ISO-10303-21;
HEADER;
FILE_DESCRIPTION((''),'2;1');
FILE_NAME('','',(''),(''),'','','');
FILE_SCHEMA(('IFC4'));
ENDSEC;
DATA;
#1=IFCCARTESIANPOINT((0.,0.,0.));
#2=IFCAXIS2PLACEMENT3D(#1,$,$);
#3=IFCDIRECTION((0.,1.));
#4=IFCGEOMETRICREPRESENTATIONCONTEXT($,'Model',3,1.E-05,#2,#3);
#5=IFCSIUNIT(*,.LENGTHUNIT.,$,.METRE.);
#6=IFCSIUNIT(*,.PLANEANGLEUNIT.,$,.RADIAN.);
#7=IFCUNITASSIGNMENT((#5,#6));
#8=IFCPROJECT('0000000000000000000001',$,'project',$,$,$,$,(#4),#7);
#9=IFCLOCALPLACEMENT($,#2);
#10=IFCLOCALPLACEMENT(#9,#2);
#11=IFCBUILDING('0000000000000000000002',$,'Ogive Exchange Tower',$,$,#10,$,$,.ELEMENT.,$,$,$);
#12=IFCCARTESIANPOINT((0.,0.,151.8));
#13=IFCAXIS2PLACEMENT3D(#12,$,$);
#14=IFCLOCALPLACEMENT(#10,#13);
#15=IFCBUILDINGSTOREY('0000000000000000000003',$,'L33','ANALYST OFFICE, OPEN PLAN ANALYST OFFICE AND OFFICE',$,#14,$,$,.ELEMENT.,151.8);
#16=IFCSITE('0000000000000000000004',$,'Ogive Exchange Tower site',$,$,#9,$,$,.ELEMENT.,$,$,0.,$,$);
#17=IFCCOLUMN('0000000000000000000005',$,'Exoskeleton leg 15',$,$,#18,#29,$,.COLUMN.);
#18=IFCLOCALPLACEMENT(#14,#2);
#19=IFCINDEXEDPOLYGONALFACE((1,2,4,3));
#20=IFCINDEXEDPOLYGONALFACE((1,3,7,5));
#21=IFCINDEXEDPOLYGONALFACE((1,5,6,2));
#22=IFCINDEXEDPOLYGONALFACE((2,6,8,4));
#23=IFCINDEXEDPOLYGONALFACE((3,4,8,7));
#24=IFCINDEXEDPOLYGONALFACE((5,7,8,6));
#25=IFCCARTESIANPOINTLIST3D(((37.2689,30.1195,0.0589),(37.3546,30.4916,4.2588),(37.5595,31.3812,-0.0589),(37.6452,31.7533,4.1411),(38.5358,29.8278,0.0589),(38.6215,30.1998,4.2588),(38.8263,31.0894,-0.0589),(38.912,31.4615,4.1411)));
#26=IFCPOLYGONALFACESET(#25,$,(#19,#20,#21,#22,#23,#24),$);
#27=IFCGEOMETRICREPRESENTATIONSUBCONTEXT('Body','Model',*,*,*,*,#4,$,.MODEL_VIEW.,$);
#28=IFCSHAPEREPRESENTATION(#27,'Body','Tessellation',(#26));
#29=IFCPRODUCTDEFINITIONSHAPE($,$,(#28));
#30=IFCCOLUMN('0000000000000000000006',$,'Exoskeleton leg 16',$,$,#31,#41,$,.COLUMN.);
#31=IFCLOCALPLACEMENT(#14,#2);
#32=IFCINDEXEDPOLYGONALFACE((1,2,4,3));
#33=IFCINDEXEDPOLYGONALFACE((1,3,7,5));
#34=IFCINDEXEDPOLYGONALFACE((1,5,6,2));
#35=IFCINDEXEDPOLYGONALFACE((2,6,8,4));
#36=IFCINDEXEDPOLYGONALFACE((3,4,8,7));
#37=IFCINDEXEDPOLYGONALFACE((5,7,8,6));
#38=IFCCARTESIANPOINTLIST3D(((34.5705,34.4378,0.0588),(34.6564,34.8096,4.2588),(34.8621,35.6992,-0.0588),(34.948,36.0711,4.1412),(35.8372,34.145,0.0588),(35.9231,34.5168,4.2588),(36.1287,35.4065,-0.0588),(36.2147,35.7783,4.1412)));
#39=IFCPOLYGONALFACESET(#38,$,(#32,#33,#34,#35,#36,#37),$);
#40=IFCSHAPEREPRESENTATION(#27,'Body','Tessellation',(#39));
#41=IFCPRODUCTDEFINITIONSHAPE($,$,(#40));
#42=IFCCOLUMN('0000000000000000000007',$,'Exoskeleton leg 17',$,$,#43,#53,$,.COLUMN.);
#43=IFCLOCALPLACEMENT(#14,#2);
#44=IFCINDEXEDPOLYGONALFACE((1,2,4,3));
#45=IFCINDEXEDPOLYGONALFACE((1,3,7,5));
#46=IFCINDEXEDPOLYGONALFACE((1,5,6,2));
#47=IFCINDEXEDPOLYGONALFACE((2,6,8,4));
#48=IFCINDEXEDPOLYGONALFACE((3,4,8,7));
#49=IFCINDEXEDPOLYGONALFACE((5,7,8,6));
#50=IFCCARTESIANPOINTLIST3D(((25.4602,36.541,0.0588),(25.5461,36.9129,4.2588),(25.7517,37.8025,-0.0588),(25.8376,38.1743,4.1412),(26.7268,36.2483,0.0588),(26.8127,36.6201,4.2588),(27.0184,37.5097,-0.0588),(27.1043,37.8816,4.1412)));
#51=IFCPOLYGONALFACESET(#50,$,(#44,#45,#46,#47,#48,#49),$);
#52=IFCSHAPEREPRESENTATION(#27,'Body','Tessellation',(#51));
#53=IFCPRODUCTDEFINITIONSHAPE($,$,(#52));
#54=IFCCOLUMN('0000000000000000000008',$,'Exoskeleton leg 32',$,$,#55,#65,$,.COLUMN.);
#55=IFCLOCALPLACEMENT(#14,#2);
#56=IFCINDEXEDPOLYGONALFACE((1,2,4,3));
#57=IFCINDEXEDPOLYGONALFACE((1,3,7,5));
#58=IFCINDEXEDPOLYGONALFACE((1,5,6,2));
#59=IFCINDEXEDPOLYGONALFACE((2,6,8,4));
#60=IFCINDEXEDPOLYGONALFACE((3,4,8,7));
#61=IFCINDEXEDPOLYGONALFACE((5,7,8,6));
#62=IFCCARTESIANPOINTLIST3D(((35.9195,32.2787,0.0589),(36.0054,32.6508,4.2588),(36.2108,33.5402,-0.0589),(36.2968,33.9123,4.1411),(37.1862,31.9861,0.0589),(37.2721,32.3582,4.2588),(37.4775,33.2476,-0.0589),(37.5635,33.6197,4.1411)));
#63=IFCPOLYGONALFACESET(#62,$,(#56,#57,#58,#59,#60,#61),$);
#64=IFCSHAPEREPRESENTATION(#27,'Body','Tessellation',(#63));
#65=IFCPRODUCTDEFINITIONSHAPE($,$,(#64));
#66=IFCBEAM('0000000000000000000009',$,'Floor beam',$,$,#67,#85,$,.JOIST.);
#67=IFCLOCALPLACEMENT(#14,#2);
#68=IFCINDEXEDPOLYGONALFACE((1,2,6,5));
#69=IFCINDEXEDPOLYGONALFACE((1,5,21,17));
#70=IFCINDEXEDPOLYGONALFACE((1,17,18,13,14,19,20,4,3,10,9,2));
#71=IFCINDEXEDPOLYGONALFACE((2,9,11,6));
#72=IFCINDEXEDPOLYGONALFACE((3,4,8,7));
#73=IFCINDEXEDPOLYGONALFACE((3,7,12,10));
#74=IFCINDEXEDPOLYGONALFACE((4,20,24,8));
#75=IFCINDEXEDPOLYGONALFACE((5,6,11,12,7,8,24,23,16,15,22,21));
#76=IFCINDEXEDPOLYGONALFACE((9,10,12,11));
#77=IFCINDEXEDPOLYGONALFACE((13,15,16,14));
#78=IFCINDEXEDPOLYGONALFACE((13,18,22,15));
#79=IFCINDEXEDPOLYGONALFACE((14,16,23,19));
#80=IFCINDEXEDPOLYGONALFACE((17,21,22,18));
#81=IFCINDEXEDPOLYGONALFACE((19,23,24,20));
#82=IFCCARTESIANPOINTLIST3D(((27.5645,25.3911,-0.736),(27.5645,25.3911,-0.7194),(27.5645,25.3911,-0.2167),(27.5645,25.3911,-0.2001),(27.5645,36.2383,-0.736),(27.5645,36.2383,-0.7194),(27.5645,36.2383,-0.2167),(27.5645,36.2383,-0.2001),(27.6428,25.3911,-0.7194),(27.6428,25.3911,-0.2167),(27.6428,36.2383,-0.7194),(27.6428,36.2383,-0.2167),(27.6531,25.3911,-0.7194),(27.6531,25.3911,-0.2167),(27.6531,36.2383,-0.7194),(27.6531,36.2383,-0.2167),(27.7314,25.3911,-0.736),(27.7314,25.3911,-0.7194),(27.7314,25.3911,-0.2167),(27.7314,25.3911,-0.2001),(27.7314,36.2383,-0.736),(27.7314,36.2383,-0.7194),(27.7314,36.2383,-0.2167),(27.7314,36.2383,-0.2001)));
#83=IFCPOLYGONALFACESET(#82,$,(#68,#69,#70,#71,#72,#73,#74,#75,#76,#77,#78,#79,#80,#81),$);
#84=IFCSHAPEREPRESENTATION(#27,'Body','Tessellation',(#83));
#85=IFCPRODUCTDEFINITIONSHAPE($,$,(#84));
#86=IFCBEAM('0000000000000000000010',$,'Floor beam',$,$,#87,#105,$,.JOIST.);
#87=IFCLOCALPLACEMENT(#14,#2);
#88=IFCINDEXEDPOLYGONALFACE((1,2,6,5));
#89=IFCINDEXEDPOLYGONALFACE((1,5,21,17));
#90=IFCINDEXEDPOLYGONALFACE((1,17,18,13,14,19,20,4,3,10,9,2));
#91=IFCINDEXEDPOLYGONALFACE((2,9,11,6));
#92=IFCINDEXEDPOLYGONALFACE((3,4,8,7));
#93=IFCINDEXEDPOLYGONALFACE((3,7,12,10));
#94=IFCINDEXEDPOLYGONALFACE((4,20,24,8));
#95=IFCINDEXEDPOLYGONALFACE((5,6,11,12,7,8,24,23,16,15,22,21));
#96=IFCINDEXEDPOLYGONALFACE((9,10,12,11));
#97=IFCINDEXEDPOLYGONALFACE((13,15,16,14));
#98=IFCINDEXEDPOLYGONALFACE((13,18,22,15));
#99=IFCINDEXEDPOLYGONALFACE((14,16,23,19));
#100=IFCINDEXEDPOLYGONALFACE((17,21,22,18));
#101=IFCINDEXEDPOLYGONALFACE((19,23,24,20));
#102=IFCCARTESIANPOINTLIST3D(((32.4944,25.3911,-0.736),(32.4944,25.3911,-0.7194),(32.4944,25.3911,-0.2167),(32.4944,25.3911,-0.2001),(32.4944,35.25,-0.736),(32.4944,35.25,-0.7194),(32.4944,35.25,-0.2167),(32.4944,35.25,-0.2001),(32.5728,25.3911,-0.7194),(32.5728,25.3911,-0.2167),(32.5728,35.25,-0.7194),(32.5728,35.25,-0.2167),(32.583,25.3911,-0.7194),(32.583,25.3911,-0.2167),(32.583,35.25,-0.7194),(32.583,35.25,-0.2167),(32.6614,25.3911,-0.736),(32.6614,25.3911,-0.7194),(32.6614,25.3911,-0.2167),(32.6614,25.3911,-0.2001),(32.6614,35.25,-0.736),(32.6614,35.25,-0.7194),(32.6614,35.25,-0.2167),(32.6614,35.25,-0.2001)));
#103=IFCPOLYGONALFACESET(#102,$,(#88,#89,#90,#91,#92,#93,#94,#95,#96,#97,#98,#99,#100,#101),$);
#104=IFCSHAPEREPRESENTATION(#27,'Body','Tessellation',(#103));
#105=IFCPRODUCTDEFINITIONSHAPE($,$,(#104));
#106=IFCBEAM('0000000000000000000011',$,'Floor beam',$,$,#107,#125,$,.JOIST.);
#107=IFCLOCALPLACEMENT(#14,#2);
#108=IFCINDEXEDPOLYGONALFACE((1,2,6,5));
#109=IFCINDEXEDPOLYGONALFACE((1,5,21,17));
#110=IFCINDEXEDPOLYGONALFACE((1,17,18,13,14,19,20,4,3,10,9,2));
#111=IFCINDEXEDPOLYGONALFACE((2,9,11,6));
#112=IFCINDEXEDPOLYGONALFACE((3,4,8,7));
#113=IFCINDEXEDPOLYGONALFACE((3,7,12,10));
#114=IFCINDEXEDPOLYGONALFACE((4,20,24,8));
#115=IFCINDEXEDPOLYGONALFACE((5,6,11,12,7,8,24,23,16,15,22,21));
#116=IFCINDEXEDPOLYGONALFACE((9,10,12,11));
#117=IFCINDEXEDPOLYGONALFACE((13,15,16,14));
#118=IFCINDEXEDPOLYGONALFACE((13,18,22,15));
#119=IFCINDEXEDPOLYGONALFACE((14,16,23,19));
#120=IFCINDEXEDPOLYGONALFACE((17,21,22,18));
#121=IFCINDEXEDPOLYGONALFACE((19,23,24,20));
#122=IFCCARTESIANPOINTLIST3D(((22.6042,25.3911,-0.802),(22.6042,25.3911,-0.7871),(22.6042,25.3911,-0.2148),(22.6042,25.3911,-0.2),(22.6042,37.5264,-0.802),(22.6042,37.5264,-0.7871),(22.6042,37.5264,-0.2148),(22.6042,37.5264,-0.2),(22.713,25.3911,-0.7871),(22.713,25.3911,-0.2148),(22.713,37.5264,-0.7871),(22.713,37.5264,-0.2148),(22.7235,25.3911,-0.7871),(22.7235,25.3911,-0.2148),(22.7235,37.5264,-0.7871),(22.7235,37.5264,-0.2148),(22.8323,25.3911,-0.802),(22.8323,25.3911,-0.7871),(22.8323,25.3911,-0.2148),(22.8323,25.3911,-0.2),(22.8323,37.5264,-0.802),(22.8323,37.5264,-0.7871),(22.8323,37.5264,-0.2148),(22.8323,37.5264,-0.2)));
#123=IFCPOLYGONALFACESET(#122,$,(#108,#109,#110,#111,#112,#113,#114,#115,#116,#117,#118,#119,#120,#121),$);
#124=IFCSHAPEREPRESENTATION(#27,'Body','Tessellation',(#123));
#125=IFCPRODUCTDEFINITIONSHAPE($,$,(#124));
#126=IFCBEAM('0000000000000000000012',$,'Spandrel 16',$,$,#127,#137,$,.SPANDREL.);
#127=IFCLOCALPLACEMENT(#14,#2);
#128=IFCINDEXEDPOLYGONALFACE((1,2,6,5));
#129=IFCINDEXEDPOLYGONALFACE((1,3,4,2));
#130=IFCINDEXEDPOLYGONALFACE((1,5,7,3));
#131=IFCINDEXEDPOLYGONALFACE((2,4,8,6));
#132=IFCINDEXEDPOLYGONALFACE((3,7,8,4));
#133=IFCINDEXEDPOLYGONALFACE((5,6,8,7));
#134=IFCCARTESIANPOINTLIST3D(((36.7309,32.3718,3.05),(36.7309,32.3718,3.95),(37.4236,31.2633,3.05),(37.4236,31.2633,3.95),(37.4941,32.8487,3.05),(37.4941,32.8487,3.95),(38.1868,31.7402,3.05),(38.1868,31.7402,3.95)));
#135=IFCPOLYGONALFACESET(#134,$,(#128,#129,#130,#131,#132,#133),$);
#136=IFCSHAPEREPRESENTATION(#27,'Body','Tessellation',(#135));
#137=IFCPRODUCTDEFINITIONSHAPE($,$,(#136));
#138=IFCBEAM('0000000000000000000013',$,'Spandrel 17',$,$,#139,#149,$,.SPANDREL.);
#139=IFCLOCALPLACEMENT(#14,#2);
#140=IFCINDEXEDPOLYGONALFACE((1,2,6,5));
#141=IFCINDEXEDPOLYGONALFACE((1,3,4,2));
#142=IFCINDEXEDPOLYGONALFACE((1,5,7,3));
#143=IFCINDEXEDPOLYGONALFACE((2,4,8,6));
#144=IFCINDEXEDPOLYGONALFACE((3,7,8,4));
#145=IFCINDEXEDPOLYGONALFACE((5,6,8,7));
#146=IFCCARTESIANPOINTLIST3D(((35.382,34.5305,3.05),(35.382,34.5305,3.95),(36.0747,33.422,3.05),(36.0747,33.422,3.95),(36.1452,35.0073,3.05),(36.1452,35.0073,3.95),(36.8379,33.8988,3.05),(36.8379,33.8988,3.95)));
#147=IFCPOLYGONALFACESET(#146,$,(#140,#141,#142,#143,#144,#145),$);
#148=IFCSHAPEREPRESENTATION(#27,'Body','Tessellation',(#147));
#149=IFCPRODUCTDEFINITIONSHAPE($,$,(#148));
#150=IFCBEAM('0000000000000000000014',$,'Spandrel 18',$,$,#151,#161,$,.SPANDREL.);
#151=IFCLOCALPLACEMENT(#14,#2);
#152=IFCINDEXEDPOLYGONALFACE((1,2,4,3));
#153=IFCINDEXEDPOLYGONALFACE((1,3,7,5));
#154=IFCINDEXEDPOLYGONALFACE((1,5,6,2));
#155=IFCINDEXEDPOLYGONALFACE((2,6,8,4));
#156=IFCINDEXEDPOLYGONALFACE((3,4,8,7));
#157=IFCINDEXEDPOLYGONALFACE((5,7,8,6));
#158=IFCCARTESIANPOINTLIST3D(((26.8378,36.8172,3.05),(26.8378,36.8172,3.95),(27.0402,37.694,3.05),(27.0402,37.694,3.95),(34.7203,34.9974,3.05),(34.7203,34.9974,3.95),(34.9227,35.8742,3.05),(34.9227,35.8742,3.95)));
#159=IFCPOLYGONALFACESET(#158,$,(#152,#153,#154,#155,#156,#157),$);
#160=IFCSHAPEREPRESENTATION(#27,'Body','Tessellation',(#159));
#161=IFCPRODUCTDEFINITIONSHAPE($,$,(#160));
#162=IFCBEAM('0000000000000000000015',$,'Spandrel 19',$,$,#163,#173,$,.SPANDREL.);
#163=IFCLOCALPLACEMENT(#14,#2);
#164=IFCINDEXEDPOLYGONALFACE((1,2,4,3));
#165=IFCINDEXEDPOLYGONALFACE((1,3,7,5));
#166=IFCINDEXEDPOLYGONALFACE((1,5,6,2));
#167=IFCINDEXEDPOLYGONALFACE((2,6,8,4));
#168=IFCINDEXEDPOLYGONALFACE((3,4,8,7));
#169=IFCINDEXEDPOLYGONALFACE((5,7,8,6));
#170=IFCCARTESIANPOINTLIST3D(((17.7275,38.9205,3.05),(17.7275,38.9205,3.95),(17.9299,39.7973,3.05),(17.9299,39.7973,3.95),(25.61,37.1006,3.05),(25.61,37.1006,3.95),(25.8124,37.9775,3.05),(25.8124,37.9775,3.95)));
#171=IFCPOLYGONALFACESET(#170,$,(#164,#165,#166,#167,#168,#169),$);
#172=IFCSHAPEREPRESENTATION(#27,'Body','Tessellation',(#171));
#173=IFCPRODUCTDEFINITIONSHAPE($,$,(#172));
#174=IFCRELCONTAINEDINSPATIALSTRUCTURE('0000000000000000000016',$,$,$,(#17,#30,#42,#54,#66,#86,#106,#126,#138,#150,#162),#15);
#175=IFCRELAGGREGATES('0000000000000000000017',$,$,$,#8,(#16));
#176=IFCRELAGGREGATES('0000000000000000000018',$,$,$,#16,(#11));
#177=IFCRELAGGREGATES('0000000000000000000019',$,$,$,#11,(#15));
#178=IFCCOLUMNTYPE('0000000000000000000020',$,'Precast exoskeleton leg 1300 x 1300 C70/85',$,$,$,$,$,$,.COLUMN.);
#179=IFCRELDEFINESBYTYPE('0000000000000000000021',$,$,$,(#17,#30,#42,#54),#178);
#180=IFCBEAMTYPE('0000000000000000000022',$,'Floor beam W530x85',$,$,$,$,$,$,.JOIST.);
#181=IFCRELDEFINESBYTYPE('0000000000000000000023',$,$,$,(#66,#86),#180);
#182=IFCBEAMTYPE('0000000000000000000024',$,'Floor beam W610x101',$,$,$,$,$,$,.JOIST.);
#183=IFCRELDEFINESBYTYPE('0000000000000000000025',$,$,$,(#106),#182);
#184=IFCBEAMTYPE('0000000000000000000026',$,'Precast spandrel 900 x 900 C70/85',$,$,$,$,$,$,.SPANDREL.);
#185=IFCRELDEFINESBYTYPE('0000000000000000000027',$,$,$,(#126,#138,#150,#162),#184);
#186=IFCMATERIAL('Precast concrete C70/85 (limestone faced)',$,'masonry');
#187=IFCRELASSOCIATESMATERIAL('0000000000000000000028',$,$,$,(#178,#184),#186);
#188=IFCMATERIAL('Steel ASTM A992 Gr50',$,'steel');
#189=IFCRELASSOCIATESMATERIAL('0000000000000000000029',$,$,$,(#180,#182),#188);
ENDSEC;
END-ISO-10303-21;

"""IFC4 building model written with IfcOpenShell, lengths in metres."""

from ifc_helpers import new_model, si_unit, direction, frame, origin, origin_2d, place, context, subcontext, project, spatial, rectangle, i_section, extrude, material, material_profile, profile_set, type_object, element, save


model = new_model("IFC4")

# Units and contexts
model_context = context("Model", 3, precision=1e-05, world=origin(), true_north=direction((0.0, 1.0)))
body_context = subcontext(model_context, "Body", "Model", "MODEL_VIEW")
ifc_project = project(units=[si_unit("LENGTHUNIT", "METRE"), si_unit("PLANEANGLEUNIT", "RADIAN")], contexts=[model_context])

# Site, building, storey
site_placement = place(None, origin())
site = spatial("IfcSite", under=ifc_project, at=site_placement, Name="Ogive Exchange Tower site", CompositionType="ELEMENT", RefElevation=0.0)
building_placement = place(site_placement, origin())
building = spatial("IfcBuilding", under=site, at=building_placement, Name="Ogive Exchange Tower", CompositionType="ELEMENT")
storey_placement = place(building_placement, frame((0.0, 0.0, 151.8)))
storey = spatial("IfcBuildingStorey", under=building, at=storey_placement, Name="L33", Description="ANALYST OFFICE, OPEN PLAN ANALYST OFFICE AND OFFICE", CompositionType="ELEMENT", Elevation=151.8)

# Columns
ifc_material_1 = material(Name="Precast concrete C70/85 (limestone faced)", Category="masonry")
ifc_material_profile_1 = material_profile(ifc_material_1, rectangle(XDim=1.3, YDim=1.3, at=origin_2d()), Name="1300 x 1300")
ifc_profile_set_1 = profile_set([ifc_material_profile_1], Name="Precast concrete C70/85 (limestone faced)")
column_type = type_object("IfcColumnType", Name="Precast exoskeleton leg 1300 x 1300 C70/85", PredefinedType="COLUMN", material=ifc_profile_set_1)
for number, where, z_axis, x_axis, name in (
    (1, (38.0476, 30.6045, 0.0), (0.02032, 0.088225, 0.995893), (-0.974488, 0.224439, 0.0), "Exoskeleton leg 15"),
    (2, (35.3496, 34.9221, 0.0), (0.020378, 0.088168, 0.995897), (-0.974316, 0.225187, 0.0), "Exoskeleton leg 16"),
    (3, (26.2393, 37.0254, 0.0), (0.020378, 0.088168, 0.995897), (-0.974316, 0.225187, 0.0), "Exoskeleton leg 17"),
    (4, (36.6985, 32.7632, 0.0), (0.020377, 0.088225, 0.995892), (-0.974348, 0.225046, 0.0), "Exoskeleton leg 32"),
):
    element("IfcColumn", number, at=place(storey_placement, frame(where, z_axis=z_axis, x_axis=x_axis)), inside=storey, type_object=column_type, Name=name, PredefinedType="COLUMN", context=body_context, shape_type="SweptSolid", body=[
        extrude(rectangle(XDim=1.3, YDim=1.3, at=origin_2d()), origin(), (0.0, 0.0, 1.0), 4.2173),
    ])

# Beams
ifc_material_2 = material(Name="Steel ASTM A992 Gr50", Category="steel")
ifc_material_profile_2 = material_profile(ifc_material_2, i_section(OverallWidth=0.167, OverallDepth=0.5359, WebThickness=0.0103, FlangeThickness=0.0166, at=origin_2d()), Name="W530x85")
ifc_profile_set_2 = profile_set([ifc_material_profile_2], Name="Steel ASTM A992 Gr50")
beam_type_1 = type_object("IfcBeamType", Name="Floor beam W530x85", PredefinedType="JOIST", material=ifc_profile_set_2)
beam_1_placement = place(storey_placement, frame((27.6479, 25.3911, -0.468), z_axis=(0.0, 1.0, 0.0), x_axis=(-1.0, 0.0, 0.0)))
element("IfcBeam", 5, at=beam_1_placement, inside=storey, type_object=beam_type_1, Name="Floor beam", PredefinedType="JOIST", context=body_context, shape_type="SweptSolid", body=[
    extrude(i_section(OverallWidth=0.167, OverallDepth=0.5359, WebThickness=0.0103, FlangeThickness=0.0166, at=origin_2d()), origin(), (0.0, 0.0, 1.0), 10.8472),
])
beam_2_placement = place(storey_placement, frame((32.5779, 25.3911, -0.468), z_axis=(0.0, 1.0, 0.0), x_axis=(-1.0, 0.0, 0.0)))
element("IfcBeam", 6, at=beam_2_placement, inside=storey, type_object=beam_type_1, Name="Floor beam", PredefinedType="JOIST", context=body_context, shape_type="SweptSolid", body=[
    extrude(i_section(OverallWidth=0.167, OverallDepth=0.5359, WebThickness=0.0103, FlangeThickness=0.0166, at=origin_2d()), origin(), (0.0, 0.0, 1.0), 9.8589),
])
ifc_material_profile_3 = material_profile(ifc_material_2, i_section(OverallWidth=0.228, OverallDepth=0.6021, WebThickness=0.0105, FlangeThickness=0.0149, at=origin_2d()), Name="W610x101")
ifc_profile_set_3 = profile_set([ifc_material_profile_3], Name="Steel ASTM A992 Gr50")
beam_type_2 = type_object("IfcBeamType", Name="Floor beam W610x101", PredefinedType="JOIST", material=ifc_profile_set_3)
beam_3_placement = place(storey_placement, frame((22.7183, 25.3911, -0.501), z_axis=(0.0, 1.0, 0.0), x_axis=(-1.0, 0.0, 0.0)))
element("IfcBeam", 7, at=beam_3_placement, inside=storey, type_object=beam_type_2, Name="Floor beam", PredefinedType="JOIST", context=body_context, shape_type="SweptSolid", body=[
    extrude(i_section(OverallWidth=0.228, OverallDepth=0.6021, WebThickness=0.0105, FlangeThickness=0.0149, at=origin_2d()), origin(), (0.0, 0.0, 1.0), 12.1353),
])
ifc_material_profile_4 = material_profile(ifc_material_1, rectangle(XDim=0.8999, YDim=0.8999, at=origin_2d()), Name="900 x 900")
ifc_profile_set_4 = profile_set([ifc_material_profile_4], Name="Precast concrete C70/85 (limestone faced)")
beam_type_3 = type_object("IfcBeamType", Name="Precast spandrel 900 x 900 C70/85", PredefinedType="SPANDREL", material=ifc_profile_set_4)
for number, where, z_axis, x_axis, name in (
    (8, (37.8052, 31.5017, 3.5), (-0.529932, 0.84804, 0.0), (-0.84804, -0.529932, 0.0), "Spandrel 16"),
    (9, (36.4563, 33.6604, 3.5), (-0.529932, 0.84804, 0.0), (-0.84804, -0.529932, 0.0), "Spandrel 17"),
):
    element("IfcBeam", number, at=place(storey_placement, frame(where, z_axis=z_axis, x_axis=x_axis)), inside=storey, type_object=beam_type_3, Name=name, PredefinedType="SPANDREL", context=body_context, shape_type="SweptSolid", body=[
        extrude(rectangle(XDim=0.8999, YDim=0.8999, at=origin_2d()), origin(), (0.0, 0.0, 1.0), 1.3071),
    ])
for number, where, z_axis, x_axis, name in (
    (10, (34.8215, 35.4358, 3.5), (-0.97437, 0.22495, 0.0), (-0.22495, -0.97437, 0.0), "Spandrel 18"),
    (11, (25.7112, 37.5391, 3.5), (-0.97437, 0.22495, 0.0), (-0.22495, -0.97437, 0.0), "Spandrel 19"),
):
    element("IfcBeam", number, at=place(storey_placement, frame(where, z_axis=z_axis, x_axis=x_axis)), inside=storey, type_object=beam_type_3, Name=name, PredefinedType="SPANDREL", context=body_context, shape_type="SweptSolid", body=[
        extrude(rectangle(XDim=0.8999, YDim=0.8999, at=origin_2d()), origin(), (0.0, 0.0, 1.0), 8.0898),
    ])

save(model, "model.ifc")
